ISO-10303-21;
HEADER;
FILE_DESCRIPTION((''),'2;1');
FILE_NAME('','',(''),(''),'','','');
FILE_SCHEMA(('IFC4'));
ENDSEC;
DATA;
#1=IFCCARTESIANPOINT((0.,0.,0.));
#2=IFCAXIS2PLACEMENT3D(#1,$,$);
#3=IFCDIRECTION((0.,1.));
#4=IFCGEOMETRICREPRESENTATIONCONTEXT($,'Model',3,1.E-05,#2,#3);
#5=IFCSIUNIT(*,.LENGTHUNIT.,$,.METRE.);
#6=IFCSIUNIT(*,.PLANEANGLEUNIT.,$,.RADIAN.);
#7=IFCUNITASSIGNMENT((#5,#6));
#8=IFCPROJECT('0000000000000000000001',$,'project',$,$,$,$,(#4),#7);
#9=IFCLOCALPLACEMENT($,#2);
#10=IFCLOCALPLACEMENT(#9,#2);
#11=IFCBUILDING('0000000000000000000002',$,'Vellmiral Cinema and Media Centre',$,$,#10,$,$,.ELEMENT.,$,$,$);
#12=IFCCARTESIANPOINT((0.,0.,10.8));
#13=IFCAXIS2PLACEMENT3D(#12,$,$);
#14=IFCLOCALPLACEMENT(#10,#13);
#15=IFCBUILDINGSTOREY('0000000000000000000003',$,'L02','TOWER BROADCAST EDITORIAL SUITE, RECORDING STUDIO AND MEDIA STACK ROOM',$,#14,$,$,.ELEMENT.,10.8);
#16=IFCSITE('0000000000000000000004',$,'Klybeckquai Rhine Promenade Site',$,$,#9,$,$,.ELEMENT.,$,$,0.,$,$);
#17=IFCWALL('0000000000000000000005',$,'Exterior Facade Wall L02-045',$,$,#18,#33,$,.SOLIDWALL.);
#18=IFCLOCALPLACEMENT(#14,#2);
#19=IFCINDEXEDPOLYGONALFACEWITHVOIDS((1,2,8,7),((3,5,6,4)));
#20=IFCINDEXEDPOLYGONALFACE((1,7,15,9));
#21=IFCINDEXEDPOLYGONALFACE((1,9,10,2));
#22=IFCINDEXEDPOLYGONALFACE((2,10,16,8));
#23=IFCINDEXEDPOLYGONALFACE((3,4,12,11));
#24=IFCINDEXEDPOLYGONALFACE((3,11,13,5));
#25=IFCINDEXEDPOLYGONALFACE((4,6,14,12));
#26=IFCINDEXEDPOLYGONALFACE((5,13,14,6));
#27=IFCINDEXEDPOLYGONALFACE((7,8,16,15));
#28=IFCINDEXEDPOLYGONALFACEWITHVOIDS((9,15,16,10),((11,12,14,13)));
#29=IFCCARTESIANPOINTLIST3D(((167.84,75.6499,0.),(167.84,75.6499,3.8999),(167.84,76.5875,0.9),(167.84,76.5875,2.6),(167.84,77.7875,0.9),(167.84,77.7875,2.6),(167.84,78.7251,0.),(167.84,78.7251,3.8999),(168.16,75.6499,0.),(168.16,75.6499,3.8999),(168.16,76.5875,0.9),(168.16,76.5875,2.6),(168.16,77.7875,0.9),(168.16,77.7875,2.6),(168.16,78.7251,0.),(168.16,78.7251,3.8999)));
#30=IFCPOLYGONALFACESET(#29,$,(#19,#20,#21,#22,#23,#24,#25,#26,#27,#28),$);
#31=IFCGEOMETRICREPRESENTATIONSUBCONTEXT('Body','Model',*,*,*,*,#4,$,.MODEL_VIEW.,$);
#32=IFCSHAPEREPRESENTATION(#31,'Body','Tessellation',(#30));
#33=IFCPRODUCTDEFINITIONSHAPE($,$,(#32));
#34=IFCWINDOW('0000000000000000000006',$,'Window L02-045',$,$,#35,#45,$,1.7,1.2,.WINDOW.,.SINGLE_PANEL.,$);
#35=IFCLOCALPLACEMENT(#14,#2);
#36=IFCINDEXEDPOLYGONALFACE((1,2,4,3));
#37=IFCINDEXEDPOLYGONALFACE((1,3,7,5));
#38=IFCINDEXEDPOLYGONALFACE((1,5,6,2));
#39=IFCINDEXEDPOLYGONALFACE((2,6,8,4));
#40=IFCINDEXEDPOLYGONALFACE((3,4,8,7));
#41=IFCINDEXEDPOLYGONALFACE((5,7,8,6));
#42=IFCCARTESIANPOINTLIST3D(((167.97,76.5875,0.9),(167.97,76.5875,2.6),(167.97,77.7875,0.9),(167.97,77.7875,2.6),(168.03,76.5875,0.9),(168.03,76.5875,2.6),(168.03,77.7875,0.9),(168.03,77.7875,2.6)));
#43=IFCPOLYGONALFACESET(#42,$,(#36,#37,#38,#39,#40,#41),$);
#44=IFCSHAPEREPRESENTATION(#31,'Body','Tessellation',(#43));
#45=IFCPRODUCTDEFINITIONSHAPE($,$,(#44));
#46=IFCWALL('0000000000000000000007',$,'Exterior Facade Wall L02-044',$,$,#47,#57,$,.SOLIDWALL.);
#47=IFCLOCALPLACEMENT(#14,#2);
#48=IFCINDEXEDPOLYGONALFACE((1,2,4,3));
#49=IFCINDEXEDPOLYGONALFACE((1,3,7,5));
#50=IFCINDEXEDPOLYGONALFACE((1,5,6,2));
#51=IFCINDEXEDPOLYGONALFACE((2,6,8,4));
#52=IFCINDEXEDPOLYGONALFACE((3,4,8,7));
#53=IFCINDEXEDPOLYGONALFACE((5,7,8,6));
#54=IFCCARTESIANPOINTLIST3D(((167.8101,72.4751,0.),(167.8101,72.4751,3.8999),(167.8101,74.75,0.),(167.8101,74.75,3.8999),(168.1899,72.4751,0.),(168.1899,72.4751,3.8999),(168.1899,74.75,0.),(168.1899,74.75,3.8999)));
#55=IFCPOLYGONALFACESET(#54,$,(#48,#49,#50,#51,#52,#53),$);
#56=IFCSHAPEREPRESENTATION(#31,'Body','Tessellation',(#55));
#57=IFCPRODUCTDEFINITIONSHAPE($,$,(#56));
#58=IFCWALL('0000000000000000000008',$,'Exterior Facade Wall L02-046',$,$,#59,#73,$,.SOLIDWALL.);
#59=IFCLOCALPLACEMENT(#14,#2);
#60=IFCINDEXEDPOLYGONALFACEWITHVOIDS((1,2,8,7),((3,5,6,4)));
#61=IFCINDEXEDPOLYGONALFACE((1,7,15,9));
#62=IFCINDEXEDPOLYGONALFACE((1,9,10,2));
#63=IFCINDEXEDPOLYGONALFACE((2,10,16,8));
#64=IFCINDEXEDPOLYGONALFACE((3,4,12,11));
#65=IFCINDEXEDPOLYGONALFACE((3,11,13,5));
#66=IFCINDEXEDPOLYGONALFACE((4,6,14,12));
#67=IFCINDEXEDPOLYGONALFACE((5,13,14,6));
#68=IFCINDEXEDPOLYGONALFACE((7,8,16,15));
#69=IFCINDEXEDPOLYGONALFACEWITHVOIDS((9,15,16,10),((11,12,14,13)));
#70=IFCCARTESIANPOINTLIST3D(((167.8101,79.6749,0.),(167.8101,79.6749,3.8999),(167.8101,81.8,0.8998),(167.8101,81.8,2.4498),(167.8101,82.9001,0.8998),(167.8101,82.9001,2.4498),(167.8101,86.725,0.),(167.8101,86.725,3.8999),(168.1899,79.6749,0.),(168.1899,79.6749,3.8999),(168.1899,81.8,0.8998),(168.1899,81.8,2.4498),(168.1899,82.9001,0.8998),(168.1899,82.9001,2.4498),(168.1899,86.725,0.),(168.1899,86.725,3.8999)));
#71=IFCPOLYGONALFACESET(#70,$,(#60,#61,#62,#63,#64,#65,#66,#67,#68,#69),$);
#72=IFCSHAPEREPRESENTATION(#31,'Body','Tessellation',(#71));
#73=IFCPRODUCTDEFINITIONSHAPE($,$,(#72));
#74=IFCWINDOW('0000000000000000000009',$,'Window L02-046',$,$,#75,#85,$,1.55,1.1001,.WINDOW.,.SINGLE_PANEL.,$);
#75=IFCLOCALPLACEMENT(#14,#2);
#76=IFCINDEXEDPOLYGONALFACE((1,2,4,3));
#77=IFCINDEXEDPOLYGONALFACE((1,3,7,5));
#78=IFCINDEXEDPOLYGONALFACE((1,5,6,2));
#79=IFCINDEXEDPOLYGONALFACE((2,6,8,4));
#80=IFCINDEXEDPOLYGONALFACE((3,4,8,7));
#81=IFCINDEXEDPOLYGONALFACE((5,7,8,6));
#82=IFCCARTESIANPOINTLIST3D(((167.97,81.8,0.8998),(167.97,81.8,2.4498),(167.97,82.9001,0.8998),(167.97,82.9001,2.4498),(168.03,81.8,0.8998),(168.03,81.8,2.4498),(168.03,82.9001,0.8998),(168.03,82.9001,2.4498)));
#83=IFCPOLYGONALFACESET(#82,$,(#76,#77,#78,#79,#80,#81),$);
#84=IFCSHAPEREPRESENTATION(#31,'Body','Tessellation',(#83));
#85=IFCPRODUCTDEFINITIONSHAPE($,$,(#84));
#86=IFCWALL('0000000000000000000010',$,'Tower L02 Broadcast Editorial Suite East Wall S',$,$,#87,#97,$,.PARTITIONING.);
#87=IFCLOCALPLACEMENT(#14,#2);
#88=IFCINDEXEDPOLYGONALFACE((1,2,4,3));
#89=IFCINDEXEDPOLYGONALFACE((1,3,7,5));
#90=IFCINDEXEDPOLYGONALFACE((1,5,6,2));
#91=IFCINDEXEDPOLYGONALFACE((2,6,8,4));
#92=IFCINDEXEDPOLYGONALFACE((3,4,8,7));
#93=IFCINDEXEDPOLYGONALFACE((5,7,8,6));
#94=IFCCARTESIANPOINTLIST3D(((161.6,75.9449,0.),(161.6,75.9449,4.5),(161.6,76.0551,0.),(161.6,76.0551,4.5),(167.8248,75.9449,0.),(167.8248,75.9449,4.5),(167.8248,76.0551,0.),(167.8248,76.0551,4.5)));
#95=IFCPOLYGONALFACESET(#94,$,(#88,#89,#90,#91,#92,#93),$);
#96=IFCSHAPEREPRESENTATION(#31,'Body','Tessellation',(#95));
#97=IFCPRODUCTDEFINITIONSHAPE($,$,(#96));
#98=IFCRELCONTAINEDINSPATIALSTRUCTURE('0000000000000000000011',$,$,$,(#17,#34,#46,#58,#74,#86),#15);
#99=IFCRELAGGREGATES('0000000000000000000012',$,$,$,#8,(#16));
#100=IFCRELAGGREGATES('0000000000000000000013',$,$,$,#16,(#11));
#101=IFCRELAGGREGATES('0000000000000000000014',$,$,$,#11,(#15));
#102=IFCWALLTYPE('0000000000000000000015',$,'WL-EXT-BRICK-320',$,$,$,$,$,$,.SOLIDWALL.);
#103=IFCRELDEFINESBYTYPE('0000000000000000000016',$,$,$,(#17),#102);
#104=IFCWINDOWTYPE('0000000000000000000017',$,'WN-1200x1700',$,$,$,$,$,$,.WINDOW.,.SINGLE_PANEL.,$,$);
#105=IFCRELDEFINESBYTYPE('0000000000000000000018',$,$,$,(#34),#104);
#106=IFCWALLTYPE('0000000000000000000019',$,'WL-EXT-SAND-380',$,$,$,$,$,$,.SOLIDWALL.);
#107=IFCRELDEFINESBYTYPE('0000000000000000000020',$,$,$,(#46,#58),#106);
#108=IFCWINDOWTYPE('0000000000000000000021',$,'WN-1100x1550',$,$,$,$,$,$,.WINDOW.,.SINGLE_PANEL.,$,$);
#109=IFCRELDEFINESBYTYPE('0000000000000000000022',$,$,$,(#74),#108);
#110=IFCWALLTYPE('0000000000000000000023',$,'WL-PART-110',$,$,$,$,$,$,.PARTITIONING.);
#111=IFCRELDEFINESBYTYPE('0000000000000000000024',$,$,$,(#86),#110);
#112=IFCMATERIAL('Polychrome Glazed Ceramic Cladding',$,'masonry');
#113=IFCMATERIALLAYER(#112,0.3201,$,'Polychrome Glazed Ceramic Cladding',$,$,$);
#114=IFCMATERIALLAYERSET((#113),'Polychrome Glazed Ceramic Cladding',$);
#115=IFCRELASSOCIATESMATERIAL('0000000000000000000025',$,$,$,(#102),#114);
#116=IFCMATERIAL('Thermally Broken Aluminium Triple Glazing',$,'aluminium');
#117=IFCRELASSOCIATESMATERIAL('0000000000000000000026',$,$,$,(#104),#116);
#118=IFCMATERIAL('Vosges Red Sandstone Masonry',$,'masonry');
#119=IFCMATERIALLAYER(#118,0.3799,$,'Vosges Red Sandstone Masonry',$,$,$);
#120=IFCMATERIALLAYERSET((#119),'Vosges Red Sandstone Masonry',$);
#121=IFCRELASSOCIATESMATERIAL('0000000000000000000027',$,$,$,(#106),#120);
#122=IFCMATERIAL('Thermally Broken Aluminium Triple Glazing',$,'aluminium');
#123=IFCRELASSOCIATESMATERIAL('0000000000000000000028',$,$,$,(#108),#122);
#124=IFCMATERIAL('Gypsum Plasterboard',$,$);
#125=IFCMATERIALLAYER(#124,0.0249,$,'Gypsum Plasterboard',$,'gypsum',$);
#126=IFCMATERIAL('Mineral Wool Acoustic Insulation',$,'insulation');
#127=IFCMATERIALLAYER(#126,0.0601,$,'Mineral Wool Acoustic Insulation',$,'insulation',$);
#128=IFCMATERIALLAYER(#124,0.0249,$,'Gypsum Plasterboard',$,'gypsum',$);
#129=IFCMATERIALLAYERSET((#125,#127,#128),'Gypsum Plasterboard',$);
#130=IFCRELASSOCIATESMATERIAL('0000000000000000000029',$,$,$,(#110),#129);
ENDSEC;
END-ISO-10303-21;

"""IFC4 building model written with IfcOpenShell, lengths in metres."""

from ifc_helpers import new_model, si_unit, direction, frame, frame_2d, origin, place, context, subcontext, project, spatial, rectangle, extrude, material, layer, layer_set, type_object, element, fill, save


model = new_model("IFC4")

# Units and contexts
model_context = context("Model", 3, precision=1e-05, world=origin(), true_north=direction((0.0, 1.0)))
body_context = subcontext(model_context, "Body", "Model", "MODEL_VIEW")
ifc_project = project(units=[si_unit("LENGTHUNIT", "METRE"), si_unit("PLANEANGLEUNIT", "RADIAN")], contexts=[model_context])

# Site, building, storey
site_placement = place(None, origin())
site = spatial("IfcSite", under=ifc_project, at=site_placement, Name="Klybeckquai Rhine Promenade Site", CompositionType="ELEMENT", RefElevation=0.0)
building_placement = place(site_placement, origin())
building = spatial("IfcBuilding", under=site, at=building_placement, Name="Vellmiral Cinema and Media Centre", CompositionType="ELEMENT")
storey_placement = place(building_placement, frame((0.0, 0.0, 10.8)))
storey = spatial("IfcBuildingStorey", under=building, at=storey_placement, Name="L02", Description="TOWER BROADCAST EDITORIAL SUITE, RECORDING STUDIO AND MEDIA STACK ROOM", CompositionType="ELEMENT", Elevation=10.8)

# Wall, opening, window
ifc_material_1 = material(Name="Polychrome Glazed Ceramic Cladding", Category="masonry")
ifc_layer_1 = layer(ifc_material_1, 0.3201, Name="Polychrome Glazed Ceramic Cladding")
ifc_layer_set_1 = layer_set([ifc_layer_1], Name="Polychrome Glazed Ceramic Cladding")
wall_type_1 = type_object("IfcWallType", Name="WL-EXT-BRICK-320", PredefinedType="SOLIDWALL", material=ifc_layer_set_1)
wall_1_placement = place(storey_placement, frame((168.0, 75.6499, 0.0), z_axis=(0.0, 0.0, 1.0), x_axis=(0.0, 1.0, 0.0)))
wall_1 = element("IfcWall", 1, at=wall_1_placement, inside=storey, type_object=wall_type_1, Name="Exterior Facade Wall L02-045", PredefinedType="SOLIDWALL", context=body_context, shape_type="SweptSolid", body=[
    extrude(rectangle(XDim=3.0752, YDim=0.3201, at=frame_2d((1.5376, 0.0))), origin(), (0.0, 0.0, 1.0), 3.8999),
])
opening_1_placement = place(wall_1_placement, frame((0.9375, 0.0, 0.8999)))
opening_1 = element("IfcOpeningElement", 2, at=opening_1_placement, cuts=wall_1, PredefinedType="OPENING", context=body_context, shape_type="SweptSolid", body=[
    extrude(rectangle(XDim=1.2, YDim=1.7, at=frame_2d((0.6001, 0.8501))), frame((0.0, 0.1719, 0.0), z_axis=(0.0, -1.0, 0.0), x_axis=(1.0, 0.0, 0.0)), (0.0, 0.0, 1.0), 0.344),
])
ifc_material_2 = material(Name="Thermally Broken Aluminium Triple Glazing", Category="aluminium")
window_type_1 = type_object("IfcWindowType", Name="WN-1200x1700", PartitioningType="SINGLE_PANEL", PredefinedType="WINDOW", material=ifc_material_2)
window_1_placement = place(opening_1_placement, origin())
window_1 = element("IfcWindow", 3, at=window_1_placement, inside=storey, type_object=window_type_1, Name="Window L02-045", OverallHeight=1.7, OverallWidth=1.2, PartitioningType="SINGLE_PANEL", PredefinedType="WINDOW", context=body_context, shape_type="SweptSolid", body=[
    extrude(rectangle(XDim=1.2, YDim=1.7, at=frame_2d((0.6001, 0.8501))), frame((0.0, 0.03, 0.0), z_axis=(0.0, -1.0, 0.0), x_axis=(1.0, 0.0, 0.0)), (0.0, 0.0, 1.0), 0.0601),
])
fill(opening_1, window_1)

# Wall
ifc_material_3 = material(Name="Vosges Red Sandstone Masonry", Category="masonry")
ifc_layer_2 = layer(ifc_material_3, 0.3799, Name="Vosges Red Sandstone Masonry")
ifc_layer_set_2 = layer_set([ifc_layer_2], Name="Vosges Red Sandstone Masonry")
wall_type_2 = type_object("IfcWallType", Name="WL-EXT-SAND-380", PredefinedType="SOLIDWALL", material=ifc_layer_set_2)
wall_2_placement = place(storey_placement, frame((168.0, 72.4751, 0.0), z_axis=(0.0, 0.0, 1.0), x_axis=(0.0, 1.0, 0.0)))
element("IfcWall", 4, at=wall_2_placement, inside=storey, type_object=wall_type_2, Name="Exterior Facade Wall L02-044", PredefinedType="SOLIDWALL", context=body_context, shape_type="SweptSolid", body=[
    extrude(rectangle(XDim=2.2749, YDim=0.3799, at=frame_2d((1.1375, 0.0))), origin(), (0.0, 0.0, 1.0), 3.8999),
])

# Wall, opening, window
wall_3_placement = place(storey_placement, frame((168.0, 79.675, 0.0), z_axis=(0.0, 0.0, 1.0), x_axis=(0.0, 1.0, 0.0)))
wall_3 = element("IfcWall", 5, at=wall_3_placement, inside=storey, type_object=wall_type_2, Name="Exterior Facade Wall L02-046", PredefinedType="SOLIDWALL", context=body_context, shape_type="SweptSolid", body=[
    extrude(rectangle(XDim=7.05, YDim=0.3799, at=frame_2d((3.5249, 0.0))), origin(), (0.0, 0.0, 1.0), 3.8999),
])
opening_2_placement = place(wall_3_placement, frame((2.125, 0.0, 0.8999)))
opening_2 = element("IfcOpeningElement", 6, at=opening_2_placement, cuts=wall_3, PredefinedType="OPENING", context=body_context, shape_type="SweptSolid", body=[
    extrude(rectangle(XDim=1.1001, YDim=1.55, at=frame_2d((0.55, 0.7749))), frame((0.0, 0.2019, 0.0), z_axis=(0.0, -1.0, 0.0), x_axis=(1.0, 0.0, 0.0)), (0.0, 0.0, 1.0), 0.4038),
])
ifc_material_4 = material(Name="Thermally Broken Aluminium Triple Glazing", Category="aluminium")
window_type_2 = type_object("IfcWindowType", Name="WN-1100x1550", PartitioningType="SINGLE_PANEL", PredefinedType="WINDOW", material=ifc_material_4)
window_2_placement = place(opening_2_placement, origin())
window_2 = element("IfcWindow", 7, at=window_2_placement, inside=storey, type_object=window_type_2, Name="Window L02-046", OverallHeight=1.55, OverallWidth=1.1001, PartitioningType="SINGLE_PANEL", PredefinedType="WINDOW", context=body_context, shape_type="SweptSolid", body=[
    extrude(rectangle(XDim=1.1001, YDim=1.55, at=frame_2d((0.55, 0.7749))), frame((0.0, 0.03, 0.0), z_axis=(0.0, -1.0, 0.0), x_axis=(1.0, 0.0, 0.0)), (0.0, 0.0, 1.0), 0.0601),
])
fill(opening_2, window_2)

# Wall
ifc_material_5 = material(Name="Gypsum Plasterboard")
ifc_layer_3 = layer(ifc_material_5, 0.0249, Name="Gypsum Plasterboard", Category="gypsum")
ifc_material_6 = material(Name="Mineral Wool Acoustic Insulation", Category="insulation")
ifc_layer_4 = layer(ifc_material_6, 0.0601, Name="Mineral Wool Acoustic Insulation", Category="insulation")
ifc_layer_5 = layer(ifc_material_5, 0.0249, Name="Gypsum Plasterboard", Category="gypsum")
ifc_layer_set_3 = layer_set([ifc_layer_3, ifc_layer_4, ifc_layer_5], Name="Gypsum Plasterboard")
wall_type_3 = type_object("IfcWallType", Name="WL-PART-110", PredefinedType="PARTITIONING", material=ifc_layer_set_3)
wall_4_placement = place(storey_placement, frame((161.6001, 76.0, 0.0), z_axis=(0.0, 0.0, 1.0), x_axis=(1.0, 0.0, 0.0)))
element("IfcWall", 8, at=wall_4_placement, inside=storey, type_object=wall_type_3, Name="Tower L02 Broadcast Editorial Suite East Wall S", PredefinedType="PARTITIONING", context=body_context, shape_type="SweptSolid", body=[
    extrude(rectangle(XDim=6.2249, YDim=0.1101, at=frame_2d((3.1123, 0.0))), origin(), (0.0, 0.0, 1.0), 4.5),
])

save(model, "model.ifc")
